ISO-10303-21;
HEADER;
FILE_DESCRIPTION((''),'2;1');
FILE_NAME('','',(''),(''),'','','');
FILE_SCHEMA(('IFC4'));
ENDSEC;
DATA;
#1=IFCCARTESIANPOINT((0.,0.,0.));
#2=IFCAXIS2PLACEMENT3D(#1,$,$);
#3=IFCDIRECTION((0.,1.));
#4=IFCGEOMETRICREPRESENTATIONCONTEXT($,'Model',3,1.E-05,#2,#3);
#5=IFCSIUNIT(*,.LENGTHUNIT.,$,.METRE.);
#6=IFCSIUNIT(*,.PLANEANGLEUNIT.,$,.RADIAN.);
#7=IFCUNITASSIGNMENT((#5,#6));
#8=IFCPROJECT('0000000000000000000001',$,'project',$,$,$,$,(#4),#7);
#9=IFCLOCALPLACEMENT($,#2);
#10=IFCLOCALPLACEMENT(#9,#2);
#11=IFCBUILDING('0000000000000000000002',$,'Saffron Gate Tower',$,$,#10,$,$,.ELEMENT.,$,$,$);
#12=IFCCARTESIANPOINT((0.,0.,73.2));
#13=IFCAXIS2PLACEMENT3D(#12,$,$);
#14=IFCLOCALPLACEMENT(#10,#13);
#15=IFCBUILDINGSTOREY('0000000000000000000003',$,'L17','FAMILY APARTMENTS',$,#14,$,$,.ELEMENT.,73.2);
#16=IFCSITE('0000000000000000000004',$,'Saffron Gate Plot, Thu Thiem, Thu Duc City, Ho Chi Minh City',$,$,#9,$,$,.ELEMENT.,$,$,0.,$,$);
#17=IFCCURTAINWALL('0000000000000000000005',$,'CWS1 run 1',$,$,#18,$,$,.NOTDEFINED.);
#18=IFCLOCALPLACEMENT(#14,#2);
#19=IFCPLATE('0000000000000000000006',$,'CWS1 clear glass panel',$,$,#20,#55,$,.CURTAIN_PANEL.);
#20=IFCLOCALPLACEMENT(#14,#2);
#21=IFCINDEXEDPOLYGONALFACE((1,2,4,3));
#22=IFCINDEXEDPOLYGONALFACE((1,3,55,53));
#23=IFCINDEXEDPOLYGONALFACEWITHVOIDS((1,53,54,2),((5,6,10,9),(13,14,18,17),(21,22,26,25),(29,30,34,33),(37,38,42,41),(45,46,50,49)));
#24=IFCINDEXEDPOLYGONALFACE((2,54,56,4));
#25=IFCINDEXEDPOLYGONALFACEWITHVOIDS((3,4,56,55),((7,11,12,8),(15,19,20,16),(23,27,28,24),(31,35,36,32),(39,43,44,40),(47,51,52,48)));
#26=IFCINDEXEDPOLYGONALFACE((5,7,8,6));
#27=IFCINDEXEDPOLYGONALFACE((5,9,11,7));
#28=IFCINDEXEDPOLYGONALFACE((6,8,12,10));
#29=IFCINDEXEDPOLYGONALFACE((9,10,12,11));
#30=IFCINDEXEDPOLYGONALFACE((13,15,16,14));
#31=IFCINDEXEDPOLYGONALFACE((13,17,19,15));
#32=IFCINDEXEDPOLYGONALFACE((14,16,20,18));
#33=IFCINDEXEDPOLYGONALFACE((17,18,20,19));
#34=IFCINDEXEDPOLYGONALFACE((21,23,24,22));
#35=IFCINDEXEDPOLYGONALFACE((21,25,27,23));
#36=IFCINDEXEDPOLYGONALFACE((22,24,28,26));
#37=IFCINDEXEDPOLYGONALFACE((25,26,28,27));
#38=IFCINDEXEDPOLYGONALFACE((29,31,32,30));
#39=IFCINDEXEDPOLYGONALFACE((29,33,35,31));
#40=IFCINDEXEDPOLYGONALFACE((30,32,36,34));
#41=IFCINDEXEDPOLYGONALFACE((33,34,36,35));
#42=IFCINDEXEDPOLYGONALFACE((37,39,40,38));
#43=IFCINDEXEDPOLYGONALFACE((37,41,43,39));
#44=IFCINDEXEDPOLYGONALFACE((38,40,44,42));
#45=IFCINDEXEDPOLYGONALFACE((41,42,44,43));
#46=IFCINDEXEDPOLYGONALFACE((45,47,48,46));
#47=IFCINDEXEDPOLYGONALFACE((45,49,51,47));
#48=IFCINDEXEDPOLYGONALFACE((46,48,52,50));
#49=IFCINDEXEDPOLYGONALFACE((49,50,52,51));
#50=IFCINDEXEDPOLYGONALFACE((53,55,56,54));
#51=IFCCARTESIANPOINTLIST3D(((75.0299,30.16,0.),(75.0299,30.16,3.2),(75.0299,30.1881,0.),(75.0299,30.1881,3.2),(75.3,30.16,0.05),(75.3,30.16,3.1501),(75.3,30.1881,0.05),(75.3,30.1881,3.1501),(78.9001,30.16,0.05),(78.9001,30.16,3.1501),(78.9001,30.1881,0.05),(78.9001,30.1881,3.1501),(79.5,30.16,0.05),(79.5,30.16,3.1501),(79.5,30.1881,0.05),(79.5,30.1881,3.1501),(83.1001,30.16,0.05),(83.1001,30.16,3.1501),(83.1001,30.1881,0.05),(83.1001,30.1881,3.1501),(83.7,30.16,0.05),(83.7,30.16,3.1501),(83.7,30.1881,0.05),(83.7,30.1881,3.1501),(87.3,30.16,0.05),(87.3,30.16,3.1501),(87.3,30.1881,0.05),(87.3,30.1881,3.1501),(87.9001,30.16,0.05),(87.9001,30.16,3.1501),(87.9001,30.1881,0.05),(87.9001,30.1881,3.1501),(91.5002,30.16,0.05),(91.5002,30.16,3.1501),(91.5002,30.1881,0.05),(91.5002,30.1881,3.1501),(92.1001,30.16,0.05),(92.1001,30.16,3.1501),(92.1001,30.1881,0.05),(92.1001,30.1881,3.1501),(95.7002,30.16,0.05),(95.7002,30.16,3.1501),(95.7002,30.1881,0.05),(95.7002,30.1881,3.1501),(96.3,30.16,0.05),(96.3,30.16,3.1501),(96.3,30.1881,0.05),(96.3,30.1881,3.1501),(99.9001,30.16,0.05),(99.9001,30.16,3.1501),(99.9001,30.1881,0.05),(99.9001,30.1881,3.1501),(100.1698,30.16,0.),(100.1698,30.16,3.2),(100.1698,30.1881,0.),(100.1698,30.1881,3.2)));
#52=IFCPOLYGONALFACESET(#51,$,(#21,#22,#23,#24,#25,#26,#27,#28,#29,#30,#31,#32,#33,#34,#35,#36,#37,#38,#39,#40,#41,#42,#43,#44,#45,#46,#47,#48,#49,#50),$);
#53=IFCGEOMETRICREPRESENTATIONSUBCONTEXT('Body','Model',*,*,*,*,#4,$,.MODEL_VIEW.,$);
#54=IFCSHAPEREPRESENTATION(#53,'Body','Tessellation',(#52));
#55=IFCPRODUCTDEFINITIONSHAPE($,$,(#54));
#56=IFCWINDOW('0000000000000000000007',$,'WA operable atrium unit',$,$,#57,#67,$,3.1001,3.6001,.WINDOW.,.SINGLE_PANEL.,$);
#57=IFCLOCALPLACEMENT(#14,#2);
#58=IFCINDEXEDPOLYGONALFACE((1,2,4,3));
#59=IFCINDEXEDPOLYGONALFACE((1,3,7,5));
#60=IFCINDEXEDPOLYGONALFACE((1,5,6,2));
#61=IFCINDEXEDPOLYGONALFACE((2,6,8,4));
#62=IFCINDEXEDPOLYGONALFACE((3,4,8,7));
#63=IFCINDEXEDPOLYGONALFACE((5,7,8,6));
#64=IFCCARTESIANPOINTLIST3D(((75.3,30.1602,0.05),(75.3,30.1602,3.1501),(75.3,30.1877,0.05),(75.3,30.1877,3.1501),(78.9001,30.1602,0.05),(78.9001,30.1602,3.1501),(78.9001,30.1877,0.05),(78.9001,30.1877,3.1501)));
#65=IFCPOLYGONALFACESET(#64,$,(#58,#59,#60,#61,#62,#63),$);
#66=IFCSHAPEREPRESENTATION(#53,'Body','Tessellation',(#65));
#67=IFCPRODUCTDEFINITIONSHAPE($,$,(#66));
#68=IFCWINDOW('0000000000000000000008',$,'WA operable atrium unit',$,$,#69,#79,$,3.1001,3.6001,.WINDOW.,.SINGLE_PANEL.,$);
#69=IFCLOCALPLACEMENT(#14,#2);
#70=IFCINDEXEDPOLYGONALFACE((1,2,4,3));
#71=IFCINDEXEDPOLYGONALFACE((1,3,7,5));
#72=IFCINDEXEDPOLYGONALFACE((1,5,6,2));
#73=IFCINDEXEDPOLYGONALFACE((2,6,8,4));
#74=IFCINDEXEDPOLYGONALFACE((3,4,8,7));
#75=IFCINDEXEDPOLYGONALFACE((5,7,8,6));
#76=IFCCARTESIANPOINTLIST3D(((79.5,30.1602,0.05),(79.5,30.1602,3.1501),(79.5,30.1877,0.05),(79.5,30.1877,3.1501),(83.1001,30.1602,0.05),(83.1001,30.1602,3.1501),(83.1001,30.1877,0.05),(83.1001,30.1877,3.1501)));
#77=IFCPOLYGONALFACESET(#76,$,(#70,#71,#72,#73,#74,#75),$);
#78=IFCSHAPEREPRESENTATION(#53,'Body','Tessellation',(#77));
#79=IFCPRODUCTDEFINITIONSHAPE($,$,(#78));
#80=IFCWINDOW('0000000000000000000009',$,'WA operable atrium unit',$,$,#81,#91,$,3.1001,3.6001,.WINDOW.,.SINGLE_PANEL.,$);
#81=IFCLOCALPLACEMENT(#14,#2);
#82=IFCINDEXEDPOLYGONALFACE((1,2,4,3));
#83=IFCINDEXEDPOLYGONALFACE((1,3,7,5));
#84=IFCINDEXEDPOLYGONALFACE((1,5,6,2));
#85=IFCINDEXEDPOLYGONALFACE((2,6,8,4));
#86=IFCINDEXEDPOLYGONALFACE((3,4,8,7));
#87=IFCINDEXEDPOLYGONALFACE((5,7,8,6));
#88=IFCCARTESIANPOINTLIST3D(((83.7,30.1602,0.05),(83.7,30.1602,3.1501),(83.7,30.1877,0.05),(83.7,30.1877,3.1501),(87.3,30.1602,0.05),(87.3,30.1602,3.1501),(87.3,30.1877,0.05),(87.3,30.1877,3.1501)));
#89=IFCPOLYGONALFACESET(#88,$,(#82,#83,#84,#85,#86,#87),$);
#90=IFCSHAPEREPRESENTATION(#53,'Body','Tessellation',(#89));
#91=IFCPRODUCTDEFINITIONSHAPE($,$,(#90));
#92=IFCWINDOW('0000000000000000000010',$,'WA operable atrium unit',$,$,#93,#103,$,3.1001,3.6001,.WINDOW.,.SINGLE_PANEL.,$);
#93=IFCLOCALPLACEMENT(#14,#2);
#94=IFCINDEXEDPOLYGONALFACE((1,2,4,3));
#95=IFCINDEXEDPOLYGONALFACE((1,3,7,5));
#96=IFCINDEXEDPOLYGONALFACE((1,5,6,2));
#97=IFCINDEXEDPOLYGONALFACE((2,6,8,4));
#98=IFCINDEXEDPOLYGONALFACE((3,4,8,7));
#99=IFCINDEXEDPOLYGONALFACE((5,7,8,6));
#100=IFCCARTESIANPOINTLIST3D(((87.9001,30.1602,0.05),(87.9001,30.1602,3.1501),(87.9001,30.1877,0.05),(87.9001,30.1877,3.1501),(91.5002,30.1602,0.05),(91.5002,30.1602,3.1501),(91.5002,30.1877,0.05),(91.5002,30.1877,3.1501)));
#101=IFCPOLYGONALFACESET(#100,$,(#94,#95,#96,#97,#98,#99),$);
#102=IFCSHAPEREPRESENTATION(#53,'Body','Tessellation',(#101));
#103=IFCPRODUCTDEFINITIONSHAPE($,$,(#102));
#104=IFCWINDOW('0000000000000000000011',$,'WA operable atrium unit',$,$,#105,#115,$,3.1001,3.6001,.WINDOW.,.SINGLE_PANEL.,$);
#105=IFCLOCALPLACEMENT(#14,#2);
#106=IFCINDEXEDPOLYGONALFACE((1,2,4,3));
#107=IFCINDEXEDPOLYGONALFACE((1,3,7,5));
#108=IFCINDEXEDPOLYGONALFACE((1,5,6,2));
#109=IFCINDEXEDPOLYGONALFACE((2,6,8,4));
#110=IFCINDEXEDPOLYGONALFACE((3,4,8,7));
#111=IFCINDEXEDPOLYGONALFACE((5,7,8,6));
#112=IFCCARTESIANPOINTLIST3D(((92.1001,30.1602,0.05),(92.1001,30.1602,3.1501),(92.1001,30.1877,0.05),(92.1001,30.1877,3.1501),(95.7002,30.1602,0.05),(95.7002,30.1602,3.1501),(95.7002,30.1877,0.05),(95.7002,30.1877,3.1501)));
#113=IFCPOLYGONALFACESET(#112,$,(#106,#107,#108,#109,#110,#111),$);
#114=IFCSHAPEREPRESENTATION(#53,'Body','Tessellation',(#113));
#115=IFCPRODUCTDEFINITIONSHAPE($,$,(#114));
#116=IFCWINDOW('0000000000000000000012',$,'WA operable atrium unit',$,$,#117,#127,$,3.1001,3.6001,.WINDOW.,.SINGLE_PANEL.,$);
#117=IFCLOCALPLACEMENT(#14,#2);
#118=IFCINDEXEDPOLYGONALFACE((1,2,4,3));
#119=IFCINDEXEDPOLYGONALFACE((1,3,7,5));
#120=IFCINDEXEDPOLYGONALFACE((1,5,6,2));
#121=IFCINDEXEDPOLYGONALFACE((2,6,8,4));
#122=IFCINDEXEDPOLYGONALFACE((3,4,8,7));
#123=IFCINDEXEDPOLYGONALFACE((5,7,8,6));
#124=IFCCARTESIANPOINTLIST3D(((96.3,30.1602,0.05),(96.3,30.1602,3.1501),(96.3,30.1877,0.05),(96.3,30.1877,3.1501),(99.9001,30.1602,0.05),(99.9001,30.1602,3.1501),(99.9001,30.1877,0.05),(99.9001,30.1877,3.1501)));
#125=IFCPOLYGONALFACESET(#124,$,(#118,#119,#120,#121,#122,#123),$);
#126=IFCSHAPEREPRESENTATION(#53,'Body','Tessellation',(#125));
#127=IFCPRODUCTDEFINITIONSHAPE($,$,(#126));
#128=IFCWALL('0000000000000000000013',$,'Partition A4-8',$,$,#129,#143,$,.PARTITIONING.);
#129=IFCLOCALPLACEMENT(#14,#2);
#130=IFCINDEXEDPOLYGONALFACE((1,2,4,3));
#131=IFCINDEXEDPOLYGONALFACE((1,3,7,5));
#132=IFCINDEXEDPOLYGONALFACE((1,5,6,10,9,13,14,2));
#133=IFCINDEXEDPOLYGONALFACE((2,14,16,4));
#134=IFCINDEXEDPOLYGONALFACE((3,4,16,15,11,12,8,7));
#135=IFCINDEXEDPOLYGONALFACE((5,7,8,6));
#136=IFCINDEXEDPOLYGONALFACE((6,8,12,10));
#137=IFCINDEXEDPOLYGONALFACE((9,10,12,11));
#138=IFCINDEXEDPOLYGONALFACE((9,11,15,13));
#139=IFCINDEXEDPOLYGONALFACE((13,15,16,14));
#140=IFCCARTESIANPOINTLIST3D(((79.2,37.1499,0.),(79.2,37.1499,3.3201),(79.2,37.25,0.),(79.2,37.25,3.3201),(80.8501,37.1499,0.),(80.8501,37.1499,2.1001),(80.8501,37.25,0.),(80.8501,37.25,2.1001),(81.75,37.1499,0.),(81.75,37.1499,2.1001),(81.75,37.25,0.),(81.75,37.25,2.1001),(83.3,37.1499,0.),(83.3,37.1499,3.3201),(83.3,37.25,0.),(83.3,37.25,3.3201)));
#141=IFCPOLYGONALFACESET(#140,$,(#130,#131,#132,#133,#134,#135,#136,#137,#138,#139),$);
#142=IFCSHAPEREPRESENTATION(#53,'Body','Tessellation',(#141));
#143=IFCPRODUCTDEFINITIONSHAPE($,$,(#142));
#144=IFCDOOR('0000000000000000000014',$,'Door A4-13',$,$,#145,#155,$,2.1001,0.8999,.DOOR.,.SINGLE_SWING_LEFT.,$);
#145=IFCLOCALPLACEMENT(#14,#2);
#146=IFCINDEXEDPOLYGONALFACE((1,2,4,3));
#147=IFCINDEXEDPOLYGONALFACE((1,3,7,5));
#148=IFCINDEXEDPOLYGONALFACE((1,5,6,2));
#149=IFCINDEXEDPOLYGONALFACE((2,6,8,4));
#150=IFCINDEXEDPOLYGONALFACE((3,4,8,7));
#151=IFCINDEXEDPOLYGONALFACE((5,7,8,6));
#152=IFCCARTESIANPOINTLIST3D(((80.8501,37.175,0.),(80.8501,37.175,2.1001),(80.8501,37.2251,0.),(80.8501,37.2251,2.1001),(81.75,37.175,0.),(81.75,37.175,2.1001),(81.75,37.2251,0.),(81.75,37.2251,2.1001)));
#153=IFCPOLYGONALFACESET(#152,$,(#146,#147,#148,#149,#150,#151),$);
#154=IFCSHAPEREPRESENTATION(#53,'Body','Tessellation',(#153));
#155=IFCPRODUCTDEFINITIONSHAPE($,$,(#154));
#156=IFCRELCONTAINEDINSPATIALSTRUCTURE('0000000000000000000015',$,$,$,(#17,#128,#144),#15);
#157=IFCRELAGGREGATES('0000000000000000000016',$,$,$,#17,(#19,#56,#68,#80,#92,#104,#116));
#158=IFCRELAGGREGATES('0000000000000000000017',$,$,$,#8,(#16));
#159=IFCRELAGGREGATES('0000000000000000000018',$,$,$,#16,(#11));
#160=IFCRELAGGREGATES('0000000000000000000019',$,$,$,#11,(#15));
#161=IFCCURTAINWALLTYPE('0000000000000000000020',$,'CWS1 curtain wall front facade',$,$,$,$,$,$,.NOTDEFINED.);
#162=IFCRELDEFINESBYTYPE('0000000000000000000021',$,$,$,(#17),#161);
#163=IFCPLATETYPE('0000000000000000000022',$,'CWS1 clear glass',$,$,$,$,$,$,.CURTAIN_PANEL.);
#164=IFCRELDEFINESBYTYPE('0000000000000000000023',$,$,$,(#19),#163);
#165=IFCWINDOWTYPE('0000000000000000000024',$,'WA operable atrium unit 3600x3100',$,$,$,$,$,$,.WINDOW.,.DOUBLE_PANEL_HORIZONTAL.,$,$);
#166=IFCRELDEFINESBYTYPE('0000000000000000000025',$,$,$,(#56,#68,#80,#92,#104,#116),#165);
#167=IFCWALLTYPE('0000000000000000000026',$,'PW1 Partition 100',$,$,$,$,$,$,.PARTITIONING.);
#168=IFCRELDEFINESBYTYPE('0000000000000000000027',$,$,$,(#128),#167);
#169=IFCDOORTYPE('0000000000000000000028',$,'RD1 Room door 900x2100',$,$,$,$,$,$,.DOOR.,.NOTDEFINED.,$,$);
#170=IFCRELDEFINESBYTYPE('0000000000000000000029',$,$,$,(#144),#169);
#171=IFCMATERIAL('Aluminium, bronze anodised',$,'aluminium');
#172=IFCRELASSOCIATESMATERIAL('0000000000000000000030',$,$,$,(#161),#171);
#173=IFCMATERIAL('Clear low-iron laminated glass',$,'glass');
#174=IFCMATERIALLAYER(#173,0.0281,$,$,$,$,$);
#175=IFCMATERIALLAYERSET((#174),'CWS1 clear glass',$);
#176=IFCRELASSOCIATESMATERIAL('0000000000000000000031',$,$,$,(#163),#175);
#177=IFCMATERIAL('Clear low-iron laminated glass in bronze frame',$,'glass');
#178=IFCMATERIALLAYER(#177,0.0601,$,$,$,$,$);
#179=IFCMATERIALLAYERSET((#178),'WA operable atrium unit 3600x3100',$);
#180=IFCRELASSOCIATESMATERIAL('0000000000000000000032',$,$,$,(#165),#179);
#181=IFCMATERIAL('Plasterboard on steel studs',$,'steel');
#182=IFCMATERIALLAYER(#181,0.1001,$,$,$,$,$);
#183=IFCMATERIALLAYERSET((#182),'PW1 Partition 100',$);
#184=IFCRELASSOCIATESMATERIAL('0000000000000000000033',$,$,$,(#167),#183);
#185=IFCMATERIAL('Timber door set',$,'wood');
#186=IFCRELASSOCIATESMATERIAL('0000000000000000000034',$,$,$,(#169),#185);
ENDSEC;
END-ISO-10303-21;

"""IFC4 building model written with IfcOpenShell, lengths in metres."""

from ifc_helpers import new_model, si_unit, direction, frame, frame_2d, origin, place, context, subcontext, project, spatial, rectangle, extrude, material, layer, layer_set, type_object, element, fill, aggregate, save


model = new_model("IFC4")

# Units and contexts
model_context = context("Model", 3, precision=1e-05, world=origin(), true_north=direction((0.0, 1.0)))
body_context = subcontext(model_context, "Body", "Model", "MODEL_VIEW")
ifc_project = project(units=[si_unit("LENGTHUNIT", "METRE"), si_unit("PLANEANGLEUNIT", "RADIAN")], contexts=[model_context])

# Site, building, storey
site_placement = place(None, origin())
site = spatial("IfcSite", under=ifc_project, at=site_placement, Name="Saffron Gate Plot, Thu Thiem, Thu Duc City, Ho Chi Minh City", CompositionType="ELEMENT", RefElevation=0.0)
building_placement = place(site_placement, origin())
building = spatial("IfcBuilding", under=site, at=building_placement, Name="Saffron Gate Tower", CompositionType="ELEMENT")
storey_placement = place(building_placement, frame((0.0, 0.0, 73.2)))
storey = spatial("IfcBuildingStorey", under=building, at=storey_placement, Name="L17", Description="FAMILY APARTMENTS", CompositionType="ELEMENT", Elevation=73.2)

# Curtain wall, plate, openings, windows
ifc_material_1 = material(Name="Aluminium, bronze anodised", Category="aluminium")
curtain_wall_type = type_object("IfcCurtainWallType", Name="CWS1 curtain wall front facade", PredefinedType="NOTDEFINED", material=ifc_material_1)
curtain_wall_placement = place(storey_placement, origin())
curtain_wall = element("IfcCurtainWall", 1, at=curtain_wall_placement, inside=storey, type_object=curtain_wall_type, Name="CWS1 run 1", PredefinedType="NOTDEFINED")
ifc_material_2 = material(Name="Clear low-iron laminated glass", Category="glass")
ifc_layer_1 = layer(ifc_material_2, 0.0281)
ifc_layer_set_1 = layer_set([ifc_layer_1], Name="CWS1 clear glass")
plate_type = type_object("IfcPlateType", Name="CWS1 clear glass", PredefinedType="CURTAIN_PANEL", material=ifc_layer_set_1)
plate_placement = place(storey_placement, frame((75.03, 30.1741, 0.0), z_axis=(0.0, 0.0, 1.0), x_axis=(1.0, 0.0, 0.0)))
plate = element("IfcPlate", 2, at=plate_placement, type_object=plate_type, Name="CWS1 clear glass panel", PredefinedType="CURTAIN_PANEL", context=body_context, shape_type="SweptSolid", body=[
    extrude(rectangle(XDim=25.1399, YDim=0.0281, at=frame_2d((12.5698, 0.0))), origin(), (0.0, 0.0, 1.0), 3.2),
])
opening_1_placement = place(plate_placement, frame((0.27, 0.0, 0.05)))
opening_1 = element("IfcOpeningElement", 3, at=opening_1_placement, cuts=plate, PredefinedType="OPENING", context=body_context, shape_type="SweptSolid", body=[
    extrude(rectangle(XDim=3.6001, YDim=3.1001, at=frame_2d((1.8, 1.55))), frame((0.0, 0.0239, 0.0), z_axis=(0.0, -1.0, 0.0), x_axis=(1.0, 0.0, 0.0)), (0.0, 0.0, 1.0), 0.0481),
])
opening_2_placement = place(plate_placement, frame((4.47, 0.0, 0.05)))
opening_2 = element("IfcOpeningElement", 4, at=opening_2_placement, cuts=plate, PredefinedType="OPENING", context=body_context, shape_type="SweptSolid", body=[
    extrude(rectangle(XDim=3.6001, YDim=3.1001, at=frame_2d((1.8, 1.55))), frame((0.0, 0.0239, 0.0), z_axis=(0.0, -1.0, 0.0), x_axis=(1.0, 0.0, 0.0)), (0.0, 0.0, 1.0), 0.0481),
])
opening_3_placement = place(plate_placement, frame((8.6699, 0.0, 0.05)))
opening_3 = element("IfcOpeningElement", 5, at=opening_3_placement, cuts=plate, PredefinedType="OPENING", context=body_context, shape_type="SweptSolid", body=[
    extrude(rectangle(XDim=3.6001, YDim=3.1001, at=frame_2d((1.8, 1.55))), frame((0.0, 0.0239, 0.0), z_axis=(0.0, -1.0, 0.0), x_axis=(1.0, 0.0, 0.0)), (0.0, 0.0, 1.0), 0.0481),
])
opening_4_placement = place(plate_placement, frame((12.8701, 0.0, 0.05)))
opening_4 = element("IfcOpeningElement", 6, at=opening_4_placement, cuts=plate, PredefinedType="OPENING", context=body_context, shape_type="SweptSolid", body=[
    extrude(rectangle(XDim=3.6001, YDim=3.1001, at=frame_2d((1.8, 1.55))), frame((0.0, 0.0239, 0.0), z_axis=(0.0, -1.0, 0.0), x_axis=(1.0, 0.0, 0.0)), (0.0, 0.0, 1.0), 0.0481),
])
opening_5_placement = place(plate_placement, frame((17.0701, 0.0, 0.05)))
opening_5 = element("IfcOpeningElement", 7, at=opening_5_placement, cuts=plate, PredefinedType="OPENING", context=body_context, shape_type="SweptSolid", body=[
    extrude(rectangle(XDim=3.6001, YDim=3.1001, at=frame_2d((1.8, 1.55))), frame((0.0, 0.0239, 0.0), z_axis=(0.0, -1.0, 0.0), x_axis=(1.0, 0.0, 0.0)), (0.0, 0.0, 1.0), 0.0481),
])
opening_6_placement = place(plate_placement, frame((21.27, 0.0, 0.05)))
opening_6 = element("IfcOpeningElement", 8, at=opening_6_placement, cuts=plate, PredefinedType="OPENING", context=body_context, shape_type="SweptSolid", body=[
    extrude(rectangle(XDim=3.6001, YDim=3.1001, at=frame_2d((1.8, 1.55))), frame((0.0, 0.0239, 0.0), z_axis=(0.0, -1.0, 0.0), x_axis=(1.0, 0.0, 0.0)), (0.0, 0.0, 1.0), 0.0481),
])
ifc_material_3 = material(Name="Clear low-iron laminated glass in bronze frame", Category="glass")
ifc_layer_2 = layer(ifc_material_3, 0.0601)
ifc_layer_set_2 = layer_set([ifc_layer_2], Name="WA operable atrium unit 3600x3100")
window_type = type_object("IfcWindowType", Name="WA operable atrium unit 3600x3100", PartitioningType="DOUBLE_PANEL_HORIZONTAL", PredefinedType="WINDOW", material=ifc_layer_set_2)
window_1_placement = place(opening_1_placement, origin())
window_1 = element("IfcWindow", 9, at=window_1_placement, type_object=window_type, Name="WA operable atrium unit", OverallHeight=3.1001, OverallWidth=3.6001, PartitioningType="SINGLE_PANEL", PredefinedType="WINDOW", context=body_context, shape_type="SweptSolid", body=[
    extrude(rectangle(XDim=3.6001, YDim=3.1001, at=frame_2d((1.8, 1.55))), frame((0.0, 0.0137, 0.0), z_axis=(0.0, -1.0, 0.0), x_axis=(1.0, 0.0, 0.0)), (0.0, 0.0, 1.0), 0.0276),
])
fill(opening_1, window_1)
window_2_placement = place(opening_2_placement, origin())
window_2 = element("IfcWindow", 10, at=window_2_placement, type_object=window_type, Name="WA operable atrium unit", OverallHeight=3.1001, OverallWidth=3.6001, PartitioningType="SINGLE_PANEL", PredefinedType="WINDOW", context=body_context, shape_type="SweptSolid", body=[
    extrude(rectangle(XDim=3.6001, YDim=3.1001, at=frame_2d((1.8, 1.55))), frame((0.0, 0.0137, 0.0), z_axis=(0.0, -1.0, 0.0), x_axis=(1.0, 0.0, 0.0)), (0.0, 0.0, 1.0), 0.0276),
])
fill(opening_2, window_2)
window_3_placement = place(opening_3_placement, origin())
window_3 = element("IfcWindow", 11, at=window_3_placement, type_object=window_type, Name="WA operable atrium unit", OverallHeight=3.1001, OverallWidth=3.6001, PartitioningType="SINGLE_PANEL", PredefinedType="WINDOW", context=body_context, shape_type="SweptSolid", body=[
    extrude(rectangle(XDim=3.6001, YDim=3.1001, at=frame_2d((1.8, 1.55))), frame((0.0, 0.0137, 0.0), z_axis=(0.0, -1.0, 0.0), x_axis=(1.0, 0.0, 0.0)), (0.0, 0.0, 1.0), 0.0276),
])
fill(opening_3, window_3)
window_4_placement = place(opening_4_placement, origin())
window_4 = element("IfcWindow", 12, at=window_4_placement, type_object=window_type, Name="WA operable atrium unit", OverallHeight=3.1001, OverallWidth=3.6001, PartitioningType="SINGLE_PANEL", PredefinedType="WINDOW", context=body_context, shape_type="SweptSolid", body=[
    extrude(rectangle(XDim=3.6001, YDim=3.1001, at=frame_2d((1.8, 1.55))), frame((0.0, 0.0137, 0.0), z_axis=(0.0, -1.0, 0.0), x_axis=(1.0, 0.0, 0.0)), (0.0, 0.0, 1.0), 0.0276),
])
fill(opening_4, window_4)
window_5_placement = place(opening_5_placement, origin())
window_5 = element("IfcWindow", 13, at=window_5_placement, type_object=window_type, Name="WA operable atrium unit", OverallHeight=3.1001, OverallWidth=3.6001, PartitioningType="SINGLE_PANEL", PredefinedType="WINDOW", context=body_context, shape_type="SweptSolid", body=[
    extrude(rectangle(XDim=3.6001, YDim=3.1001, at=frame_2d((1.8, 1.55))), frame((0.0, 0.0137, 0.0), z_axis=(0.0, -1.0, 0.0), x_axis=(1.0, 0.0, 0.0)), (0.0, 0.0, 1.0), 0.0276),
])
fill(opening_5, window_5)
window_6_placement = place(opening_6_placement, origin())
window_6 = element("IfcWindow", 14, at=window_6_placement, type_object=window_type, Name="WA operable atrium unit", OverallHeight=3.1001, OverallWidth=3.6001, PartitioningType="SINGLE_PANEL", PredefinedType="WINDOW", context=body_context, shape_type="SweptSolid", body=[
    extrude(rectangle(XDim=3.6001, YDim=3.1001, at=frame_2d((1.8, 1.55))), frame((0.0, 0.0137, 0.0), z_axis=(0.0, -1.0, 0.0), x_axis=(1.0, 0.0, 0.0)), (0.0, 0.0, 1.0), 0.0276),
])
fill(opening_6, window_6)
aggregate(curtain_wall, [plate, window_1, window_2, window_3, window_4, window_5, window_6])

# Wall, opening, door
ifc_material_4 = material(Name="Plasterboard on steel studs", Category="steel")
ifc_layer_3 = layer(ifc_material_4, 0.1001)
ifc_layer_set_3 = layer_set([ifc_layer_3], Name="PW1 Partition 100")
wall_type_1 = type_object("IfcWallType", Name="PW1 Partition 100", PredefinedType="PARTITIONING", material=ifc_layer_set_3)
wall_1_placement = place(storey_placement, frame((83.3, 37.2, 0.0), z_axis=(0.0, 0.0, 1.0), x_axis=(-1.0, 0.0, 0.0)))
wall_1 = element("IfcWall", 15, at=wall_1_placement, inside=storey, type_object=wall_type_1, Name="Partition A4-8", PredefinedType="PARTITIONING", context=body_context, shape_type="SweptSolid", body=[
    extrude(rectangle(XDim=4.1001, YDim=0.1001, at=frame_2d((2.05, 0.0))), origin(), (0.0, 0.0, 1.0), 3.3201),
])
opening_7_placement = place(wall_1_placement, frame((1.55, 0.0, 0.0)))
opening_7 = element("IfcOpeningElement", 16, at=opening_7_placement, cuts=wall_1, PredefinedType="OPENING", context=body_context, shape_type="SweptSolid", body=[
    extrude(rectangle(XDim=0.8999, YDim=2.1001, at=frame_2d((0.45, 1.05))), frame((0.0, 0.0601, 0.0), z_axis=(0.0, -1.0, 0.0), x_axis=(1.0, 0.0, 0.0)), (0.0, 0.0, 1.0), 0.1201),
])
ifc_material_5 = material(Name="Timber door set", Category="wood")
door_type = type_object("IfcDoorType", Name="RD1 Room door 900x2100", OperationType="NOTDEFINED", PredefinedType="DOOR", material=ifc_material_5)
door_placement = place(opening_7_placement, origin())
door = element("IfcDoor", 17, at=door_placement, inside=storey, type_object=door_type, Name="Door A4-13", OperationType="SINGLE_SWING_LEFT", OverallHeight=2.1001, OverallWidth=0.8999, PredefinedType="DOOR", context=body_context, shape_type="SweptSolid", body=[
    extrude(rectangle(XDim=0.8999, YDim=2.1001, at=frame_2d((0.45, 1.05))), frame((0.0, 0.0249, 0.0), z_axis=(0.0, -1.0, 0.0), x_axis=(1.0, 0.0, 0.0)), (0.0, 0.0, 1.0), 0.05),
])
fill(opening_7, door)

save(model, "model.ifc")
